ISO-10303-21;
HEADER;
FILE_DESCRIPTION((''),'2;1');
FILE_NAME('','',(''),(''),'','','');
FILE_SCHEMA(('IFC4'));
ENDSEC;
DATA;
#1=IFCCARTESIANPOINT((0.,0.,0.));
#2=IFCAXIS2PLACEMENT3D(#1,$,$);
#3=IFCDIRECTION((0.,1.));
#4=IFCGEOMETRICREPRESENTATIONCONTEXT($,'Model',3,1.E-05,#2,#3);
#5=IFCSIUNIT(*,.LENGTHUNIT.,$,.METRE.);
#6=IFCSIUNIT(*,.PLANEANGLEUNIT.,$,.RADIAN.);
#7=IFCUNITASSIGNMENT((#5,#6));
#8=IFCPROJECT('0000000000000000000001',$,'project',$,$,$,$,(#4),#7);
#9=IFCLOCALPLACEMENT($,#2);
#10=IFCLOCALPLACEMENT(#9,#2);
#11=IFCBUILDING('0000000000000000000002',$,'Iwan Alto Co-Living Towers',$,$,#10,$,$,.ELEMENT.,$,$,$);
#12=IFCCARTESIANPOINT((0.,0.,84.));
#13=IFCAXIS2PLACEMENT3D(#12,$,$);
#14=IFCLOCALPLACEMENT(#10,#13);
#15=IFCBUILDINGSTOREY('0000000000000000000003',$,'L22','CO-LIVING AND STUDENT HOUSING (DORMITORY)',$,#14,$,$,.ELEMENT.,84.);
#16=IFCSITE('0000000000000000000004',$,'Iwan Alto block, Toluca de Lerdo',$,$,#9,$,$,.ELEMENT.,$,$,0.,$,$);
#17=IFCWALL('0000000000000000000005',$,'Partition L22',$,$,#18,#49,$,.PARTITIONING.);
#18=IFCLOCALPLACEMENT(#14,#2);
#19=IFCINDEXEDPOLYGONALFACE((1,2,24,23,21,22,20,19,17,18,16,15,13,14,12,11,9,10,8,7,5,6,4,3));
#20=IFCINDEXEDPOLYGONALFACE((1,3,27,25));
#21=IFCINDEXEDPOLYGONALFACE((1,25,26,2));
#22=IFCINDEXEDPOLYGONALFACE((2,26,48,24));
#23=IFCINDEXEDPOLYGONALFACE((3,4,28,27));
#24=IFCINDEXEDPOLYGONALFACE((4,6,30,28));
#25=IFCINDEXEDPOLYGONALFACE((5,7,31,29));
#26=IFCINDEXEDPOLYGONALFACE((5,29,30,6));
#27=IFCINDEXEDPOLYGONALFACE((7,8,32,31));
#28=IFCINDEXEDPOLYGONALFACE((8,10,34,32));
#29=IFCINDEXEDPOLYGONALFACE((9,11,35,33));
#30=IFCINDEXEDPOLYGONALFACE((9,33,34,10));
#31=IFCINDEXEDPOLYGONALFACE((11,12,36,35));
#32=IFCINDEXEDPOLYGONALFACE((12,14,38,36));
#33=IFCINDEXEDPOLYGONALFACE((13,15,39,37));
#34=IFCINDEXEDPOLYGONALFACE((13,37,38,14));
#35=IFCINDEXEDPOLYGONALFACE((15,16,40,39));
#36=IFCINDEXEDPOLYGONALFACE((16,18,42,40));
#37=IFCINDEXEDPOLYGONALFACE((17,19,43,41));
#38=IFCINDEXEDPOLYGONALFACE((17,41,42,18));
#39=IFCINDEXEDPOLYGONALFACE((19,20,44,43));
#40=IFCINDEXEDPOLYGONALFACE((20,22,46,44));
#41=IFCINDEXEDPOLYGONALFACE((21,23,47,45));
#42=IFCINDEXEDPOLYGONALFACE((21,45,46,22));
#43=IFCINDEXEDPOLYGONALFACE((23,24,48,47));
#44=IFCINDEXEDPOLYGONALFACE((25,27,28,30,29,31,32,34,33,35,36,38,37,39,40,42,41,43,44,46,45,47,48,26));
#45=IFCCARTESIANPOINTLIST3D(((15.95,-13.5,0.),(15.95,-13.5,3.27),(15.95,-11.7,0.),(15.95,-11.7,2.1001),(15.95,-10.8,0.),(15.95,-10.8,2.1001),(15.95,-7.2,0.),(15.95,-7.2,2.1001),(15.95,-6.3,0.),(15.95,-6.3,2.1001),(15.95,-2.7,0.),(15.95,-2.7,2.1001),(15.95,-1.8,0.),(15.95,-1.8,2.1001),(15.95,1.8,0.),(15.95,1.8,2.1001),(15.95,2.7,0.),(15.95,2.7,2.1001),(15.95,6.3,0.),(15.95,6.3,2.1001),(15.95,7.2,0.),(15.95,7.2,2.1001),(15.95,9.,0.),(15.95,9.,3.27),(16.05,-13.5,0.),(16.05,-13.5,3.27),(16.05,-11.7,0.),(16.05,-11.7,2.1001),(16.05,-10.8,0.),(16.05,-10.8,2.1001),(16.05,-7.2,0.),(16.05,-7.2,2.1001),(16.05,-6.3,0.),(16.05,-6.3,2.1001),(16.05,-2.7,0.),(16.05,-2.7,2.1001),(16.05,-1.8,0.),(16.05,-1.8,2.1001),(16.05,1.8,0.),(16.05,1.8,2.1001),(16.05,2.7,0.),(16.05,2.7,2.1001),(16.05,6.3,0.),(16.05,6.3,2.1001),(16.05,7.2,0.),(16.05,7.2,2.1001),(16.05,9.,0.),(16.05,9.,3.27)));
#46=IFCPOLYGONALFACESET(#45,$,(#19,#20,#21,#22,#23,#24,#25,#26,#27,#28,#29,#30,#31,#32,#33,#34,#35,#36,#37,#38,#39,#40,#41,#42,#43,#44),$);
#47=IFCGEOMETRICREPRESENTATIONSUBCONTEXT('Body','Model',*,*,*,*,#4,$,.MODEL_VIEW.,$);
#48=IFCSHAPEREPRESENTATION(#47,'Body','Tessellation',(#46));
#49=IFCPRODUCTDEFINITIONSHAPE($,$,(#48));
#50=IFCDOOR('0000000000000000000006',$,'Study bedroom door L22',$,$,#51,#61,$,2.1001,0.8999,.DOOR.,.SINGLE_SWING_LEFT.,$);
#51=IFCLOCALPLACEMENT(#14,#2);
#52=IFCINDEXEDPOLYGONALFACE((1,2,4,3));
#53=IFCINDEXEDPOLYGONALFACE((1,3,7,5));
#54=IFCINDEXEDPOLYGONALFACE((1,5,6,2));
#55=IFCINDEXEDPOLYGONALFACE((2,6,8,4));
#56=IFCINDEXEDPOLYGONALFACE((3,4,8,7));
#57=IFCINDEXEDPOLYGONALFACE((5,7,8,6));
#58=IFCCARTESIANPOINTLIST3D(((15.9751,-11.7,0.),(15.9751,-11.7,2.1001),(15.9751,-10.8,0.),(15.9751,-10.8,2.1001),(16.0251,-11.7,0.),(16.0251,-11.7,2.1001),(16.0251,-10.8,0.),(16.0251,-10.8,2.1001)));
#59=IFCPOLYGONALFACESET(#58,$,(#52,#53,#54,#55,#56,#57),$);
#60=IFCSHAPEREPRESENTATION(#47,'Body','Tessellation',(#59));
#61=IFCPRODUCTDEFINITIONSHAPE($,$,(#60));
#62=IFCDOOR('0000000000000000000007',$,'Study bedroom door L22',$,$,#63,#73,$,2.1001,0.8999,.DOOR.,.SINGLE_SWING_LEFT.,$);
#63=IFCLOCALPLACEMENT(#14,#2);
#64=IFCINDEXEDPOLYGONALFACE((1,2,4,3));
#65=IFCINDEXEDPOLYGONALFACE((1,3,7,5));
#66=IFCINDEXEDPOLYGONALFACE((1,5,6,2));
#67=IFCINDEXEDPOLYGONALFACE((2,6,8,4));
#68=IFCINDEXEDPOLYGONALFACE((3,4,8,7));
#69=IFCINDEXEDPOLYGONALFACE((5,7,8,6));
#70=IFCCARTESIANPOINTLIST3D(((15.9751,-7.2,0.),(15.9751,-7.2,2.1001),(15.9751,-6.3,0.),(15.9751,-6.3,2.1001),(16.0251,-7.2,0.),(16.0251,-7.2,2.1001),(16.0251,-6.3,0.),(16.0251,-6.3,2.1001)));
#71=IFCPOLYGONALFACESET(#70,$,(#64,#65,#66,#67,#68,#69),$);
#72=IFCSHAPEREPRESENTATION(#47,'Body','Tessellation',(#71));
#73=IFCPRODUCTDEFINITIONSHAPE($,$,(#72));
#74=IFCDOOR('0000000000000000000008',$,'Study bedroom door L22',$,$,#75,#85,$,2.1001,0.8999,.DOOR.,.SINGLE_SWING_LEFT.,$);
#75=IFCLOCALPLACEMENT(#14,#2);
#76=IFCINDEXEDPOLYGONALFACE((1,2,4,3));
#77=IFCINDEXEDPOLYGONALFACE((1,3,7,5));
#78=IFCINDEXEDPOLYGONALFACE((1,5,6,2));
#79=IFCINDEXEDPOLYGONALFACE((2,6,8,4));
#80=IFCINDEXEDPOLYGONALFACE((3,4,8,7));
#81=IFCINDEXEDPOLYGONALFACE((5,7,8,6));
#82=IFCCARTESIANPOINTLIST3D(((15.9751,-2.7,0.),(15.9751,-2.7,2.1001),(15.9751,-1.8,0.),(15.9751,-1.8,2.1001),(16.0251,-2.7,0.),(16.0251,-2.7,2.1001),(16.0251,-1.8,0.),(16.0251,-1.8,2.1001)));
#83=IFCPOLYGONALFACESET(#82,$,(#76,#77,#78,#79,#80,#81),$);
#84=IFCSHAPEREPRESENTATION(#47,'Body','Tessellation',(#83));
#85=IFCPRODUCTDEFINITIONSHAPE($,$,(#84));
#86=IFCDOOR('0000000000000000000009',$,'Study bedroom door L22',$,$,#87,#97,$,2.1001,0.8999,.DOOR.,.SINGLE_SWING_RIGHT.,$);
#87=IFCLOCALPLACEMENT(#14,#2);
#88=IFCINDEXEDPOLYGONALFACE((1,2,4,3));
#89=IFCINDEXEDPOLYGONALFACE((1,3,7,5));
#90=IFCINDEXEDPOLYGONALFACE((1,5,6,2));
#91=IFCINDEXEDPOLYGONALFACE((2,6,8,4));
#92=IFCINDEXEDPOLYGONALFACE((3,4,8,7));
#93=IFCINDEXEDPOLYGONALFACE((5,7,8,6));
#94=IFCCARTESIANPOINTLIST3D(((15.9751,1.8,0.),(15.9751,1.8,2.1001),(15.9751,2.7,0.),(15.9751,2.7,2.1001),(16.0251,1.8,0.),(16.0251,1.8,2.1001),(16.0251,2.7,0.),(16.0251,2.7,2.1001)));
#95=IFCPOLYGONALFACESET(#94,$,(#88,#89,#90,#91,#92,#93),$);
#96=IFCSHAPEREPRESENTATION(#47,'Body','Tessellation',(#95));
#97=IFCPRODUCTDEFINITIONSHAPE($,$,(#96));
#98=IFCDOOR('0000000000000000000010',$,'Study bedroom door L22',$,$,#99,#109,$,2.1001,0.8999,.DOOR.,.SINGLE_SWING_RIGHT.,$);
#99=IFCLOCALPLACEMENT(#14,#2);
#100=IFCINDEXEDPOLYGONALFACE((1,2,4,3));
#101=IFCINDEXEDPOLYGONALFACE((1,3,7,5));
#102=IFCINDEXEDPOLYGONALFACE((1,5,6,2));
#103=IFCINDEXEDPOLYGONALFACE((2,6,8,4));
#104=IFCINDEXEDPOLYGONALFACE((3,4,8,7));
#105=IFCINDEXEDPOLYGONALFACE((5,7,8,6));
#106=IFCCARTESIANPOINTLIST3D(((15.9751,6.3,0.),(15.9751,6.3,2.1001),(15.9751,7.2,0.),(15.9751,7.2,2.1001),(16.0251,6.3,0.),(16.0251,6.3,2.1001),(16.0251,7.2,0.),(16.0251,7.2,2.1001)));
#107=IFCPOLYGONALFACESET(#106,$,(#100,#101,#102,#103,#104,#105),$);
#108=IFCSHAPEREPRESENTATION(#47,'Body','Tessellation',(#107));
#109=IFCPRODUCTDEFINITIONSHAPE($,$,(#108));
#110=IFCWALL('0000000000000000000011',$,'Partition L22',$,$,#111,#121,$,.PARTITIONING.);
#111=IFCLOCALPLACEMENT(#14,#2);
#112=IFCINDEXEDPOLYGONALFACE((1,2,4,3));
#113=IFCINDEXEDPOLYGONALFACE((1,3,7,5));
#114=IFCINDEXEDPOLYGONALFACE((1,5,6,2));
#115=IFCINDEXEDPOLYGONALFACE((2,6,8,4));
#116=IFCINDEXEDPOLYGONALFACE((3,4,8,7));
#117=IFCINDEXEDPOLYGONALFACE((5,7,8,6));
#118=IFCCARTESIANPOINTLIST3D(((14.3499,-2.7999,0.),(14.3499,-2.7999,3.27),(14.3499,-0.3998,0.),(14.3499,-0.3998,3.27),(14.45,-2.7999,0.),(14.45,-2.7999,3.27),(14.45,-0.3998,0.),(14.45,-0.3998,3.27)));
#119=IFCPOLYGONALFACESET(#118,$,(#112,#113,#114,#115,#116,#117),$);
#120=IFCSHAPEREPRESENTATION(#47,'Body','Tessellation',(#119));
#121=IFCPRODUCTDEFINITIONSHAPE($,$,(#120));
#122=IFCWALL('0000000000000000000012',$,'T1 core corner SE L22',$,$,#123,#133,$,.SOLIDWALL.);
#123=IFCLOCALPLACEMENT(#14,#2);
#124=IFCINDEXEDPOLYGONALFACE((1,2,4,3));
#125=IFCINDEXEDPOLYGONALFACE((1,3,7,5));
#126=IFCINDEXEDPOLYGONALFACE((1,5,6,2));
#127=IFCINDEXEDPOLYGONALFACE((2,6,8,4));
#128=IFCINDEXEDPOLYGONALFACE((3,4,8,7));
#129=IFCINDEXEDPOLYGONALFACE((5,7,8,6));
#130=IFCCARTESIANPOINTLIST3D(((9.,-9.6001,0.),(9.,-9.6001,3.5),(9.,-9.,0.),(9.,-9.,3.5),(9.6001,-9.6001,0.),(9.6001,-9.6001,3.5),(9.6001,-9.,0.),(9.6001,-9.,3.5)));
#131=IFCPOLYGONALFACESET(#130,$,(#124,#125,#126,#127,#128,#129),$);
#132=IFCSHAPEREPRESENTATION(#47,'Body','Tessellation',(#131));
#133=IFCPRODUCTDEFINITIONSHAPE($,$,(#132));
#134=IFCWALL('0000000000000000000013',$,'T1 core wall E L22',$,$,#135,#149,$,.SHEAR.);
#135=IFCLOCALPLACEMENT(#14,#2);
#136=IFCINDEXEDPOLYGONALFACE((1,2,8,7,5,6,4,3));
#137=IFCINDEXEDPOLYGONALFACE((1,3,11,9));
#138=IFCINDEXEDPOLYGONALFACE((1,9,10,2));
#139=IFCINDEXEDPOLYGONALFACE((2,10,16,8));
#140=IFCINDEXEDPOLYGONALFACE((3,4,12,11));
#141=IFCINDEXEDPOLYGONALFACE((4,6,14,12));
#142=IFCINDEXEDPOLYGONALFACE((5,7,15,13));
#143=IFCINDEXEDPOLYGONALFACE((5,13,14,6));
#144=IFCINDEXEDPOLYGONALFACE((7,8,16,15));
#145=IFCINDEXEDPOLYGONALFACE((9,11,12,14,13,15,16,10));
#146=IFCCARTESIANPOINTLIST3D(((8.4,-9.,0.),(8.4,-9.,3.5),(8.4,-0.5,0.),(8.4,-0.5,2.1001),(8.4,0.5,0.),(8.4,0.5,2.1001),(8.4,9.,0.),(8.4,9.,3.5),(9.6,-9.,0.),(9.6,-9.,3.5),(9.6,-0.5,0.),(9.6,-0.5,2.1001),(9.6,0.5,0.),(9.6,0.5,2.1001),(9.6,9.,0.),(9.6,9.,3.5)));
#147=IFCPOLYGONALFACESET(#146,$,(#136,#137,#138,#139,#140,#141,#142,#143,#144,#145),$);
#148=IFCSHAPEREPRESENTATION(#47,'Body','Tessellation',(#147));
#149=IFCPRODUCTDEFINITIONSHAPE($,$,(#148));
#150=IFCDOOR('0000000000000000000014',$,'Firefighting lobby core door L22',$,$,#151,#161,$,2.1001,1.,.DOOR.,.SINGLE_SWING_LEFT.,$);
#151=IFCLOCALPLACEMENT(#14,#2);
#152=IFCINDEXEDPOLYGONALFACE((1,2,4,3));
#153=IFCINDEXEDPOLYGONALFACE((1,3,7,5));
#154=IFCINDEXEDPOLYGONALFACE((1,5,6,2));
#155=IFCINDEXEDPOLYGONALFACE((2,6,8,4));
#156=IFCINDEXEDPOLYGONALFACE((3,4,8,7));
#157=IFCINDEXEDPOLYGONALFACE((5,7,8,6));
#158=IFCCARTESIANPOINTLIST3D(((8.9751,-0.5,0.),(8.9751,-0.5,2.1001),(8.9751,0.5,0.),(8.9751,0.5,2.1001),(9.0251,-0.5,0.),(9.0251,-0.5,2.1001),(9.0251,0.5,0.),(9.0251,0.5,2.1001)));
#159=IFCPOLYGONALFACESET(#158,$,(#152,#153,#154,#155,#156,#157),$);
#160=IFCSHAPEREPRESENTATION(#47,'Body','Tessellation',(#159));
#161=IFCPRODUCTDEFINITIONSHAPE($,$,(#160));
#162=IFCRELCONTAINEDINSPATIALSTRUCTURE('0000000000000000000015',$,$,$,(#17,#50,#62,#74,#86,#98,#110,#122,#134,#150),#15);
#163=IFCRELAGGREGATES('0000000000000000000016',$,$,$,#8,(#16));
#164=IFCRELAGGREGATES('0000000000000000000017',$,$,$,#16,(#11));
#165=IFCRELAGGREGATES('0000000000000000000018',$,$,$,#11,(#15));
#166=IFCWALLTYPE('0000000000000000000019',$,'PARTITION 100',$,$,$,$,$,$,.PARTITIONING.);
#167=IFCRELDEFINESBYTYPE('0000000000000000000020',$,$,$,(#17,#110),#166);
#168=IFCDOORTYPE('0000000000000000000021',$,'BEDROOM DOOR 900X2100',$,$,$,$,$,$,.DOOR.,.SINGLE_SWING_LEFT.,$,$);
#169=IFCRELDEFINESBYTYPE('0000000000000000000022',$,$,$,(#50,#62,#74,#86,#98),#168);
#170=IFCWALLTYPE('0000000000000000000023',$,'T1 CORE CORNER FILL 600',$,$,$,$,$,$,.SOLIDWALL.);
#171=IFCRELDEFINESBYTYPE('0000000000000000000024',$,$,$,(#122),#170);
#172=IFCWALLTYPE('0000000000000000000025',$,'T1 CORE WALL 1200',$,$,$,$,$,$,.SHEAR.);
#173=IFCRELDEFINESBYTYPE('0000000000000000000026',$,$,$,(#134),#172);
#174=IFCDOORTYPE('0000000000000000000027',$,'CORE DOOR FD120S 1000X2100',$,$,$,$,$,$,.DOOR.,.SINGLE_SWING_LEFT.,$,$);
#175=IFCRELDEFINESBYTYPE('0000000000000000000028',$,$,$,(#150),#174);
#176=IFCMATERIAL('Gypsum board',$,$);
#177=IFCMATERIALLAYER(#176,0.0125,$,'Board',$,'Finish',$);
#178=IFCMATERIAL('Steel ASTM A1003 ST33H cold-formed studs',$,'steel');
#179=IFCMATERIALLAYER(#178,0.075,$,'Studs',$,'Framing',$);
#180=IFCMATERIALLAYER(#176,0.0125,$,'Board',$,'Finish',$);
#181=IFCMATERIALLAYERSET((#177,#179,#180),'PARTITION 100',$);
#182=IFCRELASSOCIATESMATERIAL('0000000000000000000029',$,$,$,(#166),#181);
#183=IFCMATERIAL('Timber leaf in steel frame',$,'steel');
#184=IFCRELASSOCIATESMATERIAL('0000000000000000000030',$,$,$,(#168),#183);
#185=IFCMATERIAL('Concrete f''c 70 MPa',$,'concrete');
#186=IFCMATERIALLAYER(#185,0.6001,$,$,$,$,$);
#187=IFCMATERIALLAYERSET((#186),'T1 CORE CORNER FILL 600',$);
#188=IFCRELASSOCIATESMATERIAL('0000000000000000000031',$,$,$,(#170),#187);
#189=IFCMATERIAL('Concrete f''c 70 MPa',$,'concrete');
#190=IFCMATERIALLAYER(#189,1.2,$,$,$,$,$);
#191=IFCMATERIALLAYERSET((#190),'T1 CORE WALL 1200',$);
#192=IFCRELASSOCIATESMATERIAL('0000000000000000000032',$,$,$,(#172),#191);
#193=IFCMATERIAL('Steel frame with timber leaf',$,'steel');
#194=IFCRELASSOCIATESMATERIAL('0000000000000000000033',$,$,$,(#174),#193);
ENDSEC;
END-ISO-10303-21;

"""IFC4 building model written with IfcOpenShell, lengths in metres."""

from ifc_helpers import new_model, si_unit, direction, frame, frame_2d, origin, place, context, subcontext, project, spatial, rectangle, extrude, material, layer, layer_set, type_object, element, fill, save


model = new_model("IFC4")

# Units and contexts
model_context = context("Model", 3, precision=1e-05, world=origin(), true_north=direction((0.0, 1.0)))
body_context = subcontext(model_context, "Body", "Model", "MODEL_VIEW")
ifc_project = project(units=[si_unit("LENGTHUNIT", "METRE"), si_unit("PLANEANGLEUNIT", "RADIAN")], contexts=[model_context])

# Site, building, storey
site_placement = place(None, origin())
site = spatial("IfcSite", under=ifc_project, at=site_placement, Name="Iwan Alto block, Toluca de Lerdo", CompositionType="ELEMENT", RefElevation=0.0)
building_placement = place(site_placement, origin())
building = spatial("IfcBuilding", under=site, at=building_placement, Name="Iwan Alto Co-Living Towers", CompositionType="ELEMENT")
storey_placement = place(building_placement, frame((0.0, 0.0, 84.0)))
storey = spatial("IfcBuildingStorey", under=building, at=storey_placement, Name="L22", Description="CO-LIVING AND STUDENT HOUSING (DORMITORY)", CompositionType="ELEMENT", Elevation=84.0)

# Shared definitions
ifc_material_1 = material(Name="Gypsum board")
ifc_material_2 = material(Name="Steel ASTM A1003 ST33H cold-formed studs", Category="steel")

# Shared definitions
ifc_layer_1 = layer(ifc_material_1, 0.0125, Name="Board", Category="Finish")
ifc_layer_2 = layer(ifc_material_2, 0.075, Name="Studs", Category="Framing")
ifc_layer_3 = layer(ifc_material_1, 0.0125, Name="Board", Category="Finish")
ifc_layer_set_1 = layer_set([ifc_layer_1, ifc_layer_2, ifc_layer_3], Name="PARTITION 100")
wall_type_1 = type_object("IfcWallType", Name="PARTITION 100", PredefinedType="PARTITIONING", material=ifc_layer_set_1)

# Wall, openings, doors
wall_1_placement = place(storey_placement, frame((16.0, -13.5, 0.0), z_axis=(0.0, 0.0, 1.0), x_axis=(0.0, 1.0, 0.0)))
wall_1 = element("IfcWall", 1, at=wall_1_placement, inside=storey, type_object=wall_type_1, Name="Partition L22", PredefinedType="PARTITIONING", context=body_context, shape_type="SweptSolid", body=[
    extrude(rectangle(XDim=22.5, YDim=0.1001, at=frame_2d((11.25, 0.0))), origin(), (0.0, 0.0, 1.0), 3.27),
])
opening_1_placement = place(wall_1_placement, frame((1.8, 0.0, 0.0)))
opening_1 = element("IfcOpeningElement", 2, at=opening_1_placement, cuts=wall_1, PredefinedType="OPENING", context=body_context, shape_type="SweptSolid", body=[
    extrude(rectangle(XDim=0.8999, YDim=2.1001, at=frame_2d((0.45, 1.05))), frame((0.0, 0.0601, 0.0), z_axis=(0.0, -1.0, 0.0), x_axis=(1.0, 0.0, 0.0)), (0.0, 0.0, 1.0), 0.1201),
])
opening_2_placement = place(wall_1_placement, frame((6.3, 0.0, 0.0)))
opening_2 = element("IfcOpeningElement", 3, at=opening_2_placement, cuts=wall_1, PredefinedType="OPENING", context=body_context, shape_type="SweptSolid", body=[
    extrude(rectangle(XDim=0.8999, YDim=2.1001, at=frame_2d((0.45, 1.05))), frame((0.0, 0.0601, 0.0), z_axis=(0.0, -1.0, 0.0), x_axis=(1.0, 0.0, 0.0)), (0.0, 0.0, 1.0), 0.1201),
])
opening_3_placement = place(wall_1_placement, frame((10.8, 0.0, 0.0)))
opening_3 = element("IfcOpeningElement", 4, at=opening_3_placement, cuts=wall_1, PredefinedType="OPENING", context=body_context, shape_type="SweptSolid", body=[
    extrude(rectangle(XDim=0.8999, YDim=2.1001, at=frame_2d((0.45, 1.05))), frame((0.0, 0.0601, 0.0), z_axis=(0.0, -1.0, 0.0), x_axis=(1.0, 0.0, 0.0)), (0.0, 0.0, 1.0), 0.1201),
])
opening_4_placement = place(wall_1_placement, frame((15.3, 0.0, 0.0)))
opening_4 = element("IfcOpeningElement", 5, at=opening_4_placement, cuts=wall_1, PredefinedType="OPENING", context=body_context, shape_type="SweptSolid", body=[
    extrude(rectangle(XDim=0.8999, YDim=2.1001, at=frame_2d((0.45, 1.05))), frame((0.0, 0.0601, 0.0), z_axis=(0.0, -1.0, 0.0), x_axis=(1.0, 0.0, 0.0)), (0.0, 0.0, 1.0), 0.1201),
])
opening_5_placement = place(wall_1_placement, frame((19.8, 0.0, 0.0)))
opening_5 = element("IfcOpeningElement", 6, at=opening_5_placement, cuts=wall_1, PredefinedType="OPENING", context=body_context, shape_type="SweptSolid", body=[
    extrude(rectangle(XDim=0.8999, YDim=2.1001, at=frame_2d((0.45, 1.05))), frame((0.0, 0.0601, 0.0), z_axis=(0.0, -1.0, 0.0), x_axis=(1.0, 0.0, 0.0)), (0.0, 0.0, 1.0), 0.1201),
])
ifc_material_3 = material(Name="Timber leaf in steel frame", Category="steel")
door_type_1 = type_object("IfcDoorType", Name="BEDROOM DOOR 900X2100", OperationType="SINGLE_SWING_LEFT", PredefinedType="DOOR", material=ifc_material_3)
door_1_placement = place(opening_1_placement, origin())
door_1 = element("IfcDoor", 7, at=door_1_placement, inside=storey, type_object=door_type_1, Name="Study bedroom door L22", OperationType="SINGLE_SWING_LEFT", OverallHeight=2.1001, OverallWidth=0.8999, PredefinedType="DOOR", context=body_context, shape_type="SweptSolid", body=[
    extrude(rectangle(XDim=0.8999, YDim=2.1001, at=frame_2d((0.45, 1.05))), frame((0.0, 0.0249, 0.0), z_axis=(0.0, -1.0, 0.0), x_axis=(1.0, 0.0, 0.0)), (0.0, 0.0, 1.0), 0.05),
])
fill(opening_1, door_1)
door_2_placement = place(opening_2_placement, origin())
door_2 = element("IfcDoor", 8, at=door_2_placement, inside=storey, type_object=door_type_1, Name="Study bedroom door L22", OperationType="SINGLE_SWING_LEFT", OverallHeight=2.1001, OverallWidth=0.8999, PredefinedType="DOOR", context=body_context, shape_type="SweptSolid", body=[
    extrude(rectangle(XDim=0.8999, YDim=2.1001, at=frame_2d((0.45, 1.05))), frame((0.0, 0.0249, 0.0), z_axis=(0.0, -1.0, 0.0), x_axis=(1.0, 0.0, 0.0)), (0.0, 0.0, 1.0), 0.05),
])
fill(opening_2, door_2)
door_3_placement = place(opening_3_placement, origin())
door_3 = element("IfcDoor", 9, at=door_3_placement, inside=storey, type_object=door_type_1, Name="Study bedroom door L22", OperationType="SINGLE_SWING_LEFT", OverallHeight=2.1001, OverallWidth=0.8999, PredefinedType="DOOR", context=body_context, shape_type="SweptSolid", body=[
    extrude(rectangle(XDim=0.8999, YDim=2.1001, at=frame_2d((0.45, 1.05))), frame((0.0, 0.0249, 0.0), z_axis=(0.0, -1.0, 0.0), x_axis=(1.0, 0.0, 0.0)), (0.0, 0.0, 1.0), 0.05),
])
fill(opening_3, door_3)
door_4_placement = place(opening_4_placement, origin())
door_4 = element("IfcDoor", 10, at=door_4_placement, inside=storey, type_object=door_type_1, Name="Study bedroom door L22", OperationType="SINGLE_SWING_RIGHT", OverallHeight=2.1001, OverallWidth=0.8999, PredefinedType="DOOR", context=body_context, shape_type="SweptSolid", body=[
    extrude(rectangle(XDim=0.8999, YDim=2.1001, at=frame_2d((0.45, 1.05))), frame((0.0, 0.0249, 0.0), z_axis=(0.0, -1.0, 0.0), x_axis=(1.0, 0.0, 0.0)), (0.0, 0.0, 1.0), 0.05),
])
fill(opening_4, door_4)
door_5_placement = place(opening_5_placement, origin())
door_5 = element("IfcDoor", 11, at=door_5_placement, inside=storey, type_object=door_type_1, Name="Study bedroom door L22", OperationType="SINGLE_SWING_RIGHT", OverallHeight=2.1001, OverallWidth=0.8999, PredefinedType="DOOR", context=body_context, shape_type="SweptSolid", body=[
    extrude(rectangle(XDim=0.8999, YDim=2.1001, at=frame_2d((0.45, 1.05))), frame((0.0, 0.0249, 0.0), z_axis=(0.0, -1.0, 0.0), x_axis=(1.0, 0.0, 0.0)), (0.0, 0.0, 1.0), 0.05),
])
fill(opening_5, door_5)

# Walls
wall_2_placement = place(storey_placement, frame((14.3999, -2.8, 0.0), z_axis=(0.0, 0.0, 1.0), x_axis=(0.0, 1.0, 0.0)))
element("IfcWall", 12, at=wall_2_placement, inside=storey, type_object=wall_type_1, Name="Partition L22", PredefinedType="PARTITIONING", context=body_context, shape_type="SweptSolid", body=[
    extrude(rectangle(XDim=2.4001, YDim=0.1001, at=frame_2d((1.2002, 0.0))), origin(), (0.0, 0.0, 1.0), 3.27),
])
ifc_material_4 = material(Name="Concrete f'c 70 MPa", Category="concrete")
ifc_layer_4 = layer(ifc_material_4, 0.6001)
ifc_layer_set_2 = layer_set([ifc_layer_4], Name="T1 CORE CORNER FILL 600")
wall_type_2 = type_object("IfcWallType", Name="T1 CORE CORNER FILL 600", PredefinedType="SOLIDWALL", material=ifc_layer_set_2)
wall_3_placement = place(storey_placement, frame((9.0, -9.3, 0.0), z_axis=(0.0, 0.0, 1.0), x_axis=(1.0, 0.0, 0.0)))
element("IfcWall", 13, at=wall_3_placement, inside=storey, type_object=wall_type_2, Name="T1 core corner SE L22", PredefinedType="SOLIDWALL", context=body_context, shape_type="SweptSolid", body=[
    extrude(rectangle(XDim=0.6001, YDim=0.6001, at=frame_2d((0.3, 0.0))), origin(), (0.0, 0.0, 1.0), 3.5),
])

# Wall, opening, door
ifc_material_5 = material(Name="Concrete f'c 70 MPa", Category="concrete")
ifc_layer_5 = layer(ifc_material_5, 1.2)
ifc_layer_set_3 = layer_set([ifc_layer_5], Name="T1 CORE WALL 1200")
wall_type_3 = type_object("IfcWallType", Name="T1 CORE WALL 1200", PredefinedType="SHEAR", material=ifc_layer_set_3)
wall_4_placement = place(storey_placement, frame((9.0, -9.0, 0.0), z_axis=(0.0, 0.0, 1.0), x_axis=(0.0, 1.0, 0.0)))
wall_4 = element("IfcWall", 14, at=wall_4_placement, inside=storey, type_object=wall_type_3, Name="T1 core wall E L22", PredefinedType="SHEAR", context=body_context, shape_type="SweptSolid", body=[
    extrude(rectangle(XDim=18.0, YDim=1.2, at=frame_2d((9.0, 0.0))), origin(), (0.0, 0.0, 1.0), 3.5),
])
opening_6_placement = place(wall_4_placement, frame((8.5, 0.0, 0.0)))
opening_6 = element("IfcOpeningElement", 15, at=opening_6_placement, cuts=wall_4, PredefinedType="OPENING", context=body_context, shape_type="SweptSolid", body=[
    extrude(rectangle(XDim=1.0, YDim=2.1001, at=frame_2d((0.5, 1.05))), frame((0.0, 0.6099, 0.0), z_axis=(0.0, -1.0, 0.0), x_axis=(1.0, 0.0, 0.0)), (0.0, 0.0, 1.0), 1.22),
])
ifc_material_6 = material(Name="Steel frame with timber leaf", Category="steel")
door_type_2 = type_object("IfcDoorType", Name="CORE DOOR FD120S 1000X2100", OperationType="SINGLE_SWING_LEFT", PredefinedType="DOOR", material=ifc_material_6)
door_6_placement = place(opening_6_placement, origin())
door_6 = element("IfcDoor", 16, at=door_6_placement, inside=storey, type_object=door_type_2, Name="Firefighting lobby core door L22", OperationType="SINGLE_SWING_LEFT", OverallHeight=2.1001, OverallWidth=1.0, PredefinedType="DOOR", context=body_context, shape_type="SweptSolid", body=[
    extrude(rectangle(XDim=1.0, YDim=2.1001, at=frame_2d((0.5, 1.05))), frame((0.0, 0.0249, 0.0), z_axis=(0.0, -1.0, 0.0), x_axis=(1.0, 0.0, 0.0)), (0.0, 0.0, 1.0), 0.05),
])
fill(opening_6, door_6)

save(model, "model.ifc")
